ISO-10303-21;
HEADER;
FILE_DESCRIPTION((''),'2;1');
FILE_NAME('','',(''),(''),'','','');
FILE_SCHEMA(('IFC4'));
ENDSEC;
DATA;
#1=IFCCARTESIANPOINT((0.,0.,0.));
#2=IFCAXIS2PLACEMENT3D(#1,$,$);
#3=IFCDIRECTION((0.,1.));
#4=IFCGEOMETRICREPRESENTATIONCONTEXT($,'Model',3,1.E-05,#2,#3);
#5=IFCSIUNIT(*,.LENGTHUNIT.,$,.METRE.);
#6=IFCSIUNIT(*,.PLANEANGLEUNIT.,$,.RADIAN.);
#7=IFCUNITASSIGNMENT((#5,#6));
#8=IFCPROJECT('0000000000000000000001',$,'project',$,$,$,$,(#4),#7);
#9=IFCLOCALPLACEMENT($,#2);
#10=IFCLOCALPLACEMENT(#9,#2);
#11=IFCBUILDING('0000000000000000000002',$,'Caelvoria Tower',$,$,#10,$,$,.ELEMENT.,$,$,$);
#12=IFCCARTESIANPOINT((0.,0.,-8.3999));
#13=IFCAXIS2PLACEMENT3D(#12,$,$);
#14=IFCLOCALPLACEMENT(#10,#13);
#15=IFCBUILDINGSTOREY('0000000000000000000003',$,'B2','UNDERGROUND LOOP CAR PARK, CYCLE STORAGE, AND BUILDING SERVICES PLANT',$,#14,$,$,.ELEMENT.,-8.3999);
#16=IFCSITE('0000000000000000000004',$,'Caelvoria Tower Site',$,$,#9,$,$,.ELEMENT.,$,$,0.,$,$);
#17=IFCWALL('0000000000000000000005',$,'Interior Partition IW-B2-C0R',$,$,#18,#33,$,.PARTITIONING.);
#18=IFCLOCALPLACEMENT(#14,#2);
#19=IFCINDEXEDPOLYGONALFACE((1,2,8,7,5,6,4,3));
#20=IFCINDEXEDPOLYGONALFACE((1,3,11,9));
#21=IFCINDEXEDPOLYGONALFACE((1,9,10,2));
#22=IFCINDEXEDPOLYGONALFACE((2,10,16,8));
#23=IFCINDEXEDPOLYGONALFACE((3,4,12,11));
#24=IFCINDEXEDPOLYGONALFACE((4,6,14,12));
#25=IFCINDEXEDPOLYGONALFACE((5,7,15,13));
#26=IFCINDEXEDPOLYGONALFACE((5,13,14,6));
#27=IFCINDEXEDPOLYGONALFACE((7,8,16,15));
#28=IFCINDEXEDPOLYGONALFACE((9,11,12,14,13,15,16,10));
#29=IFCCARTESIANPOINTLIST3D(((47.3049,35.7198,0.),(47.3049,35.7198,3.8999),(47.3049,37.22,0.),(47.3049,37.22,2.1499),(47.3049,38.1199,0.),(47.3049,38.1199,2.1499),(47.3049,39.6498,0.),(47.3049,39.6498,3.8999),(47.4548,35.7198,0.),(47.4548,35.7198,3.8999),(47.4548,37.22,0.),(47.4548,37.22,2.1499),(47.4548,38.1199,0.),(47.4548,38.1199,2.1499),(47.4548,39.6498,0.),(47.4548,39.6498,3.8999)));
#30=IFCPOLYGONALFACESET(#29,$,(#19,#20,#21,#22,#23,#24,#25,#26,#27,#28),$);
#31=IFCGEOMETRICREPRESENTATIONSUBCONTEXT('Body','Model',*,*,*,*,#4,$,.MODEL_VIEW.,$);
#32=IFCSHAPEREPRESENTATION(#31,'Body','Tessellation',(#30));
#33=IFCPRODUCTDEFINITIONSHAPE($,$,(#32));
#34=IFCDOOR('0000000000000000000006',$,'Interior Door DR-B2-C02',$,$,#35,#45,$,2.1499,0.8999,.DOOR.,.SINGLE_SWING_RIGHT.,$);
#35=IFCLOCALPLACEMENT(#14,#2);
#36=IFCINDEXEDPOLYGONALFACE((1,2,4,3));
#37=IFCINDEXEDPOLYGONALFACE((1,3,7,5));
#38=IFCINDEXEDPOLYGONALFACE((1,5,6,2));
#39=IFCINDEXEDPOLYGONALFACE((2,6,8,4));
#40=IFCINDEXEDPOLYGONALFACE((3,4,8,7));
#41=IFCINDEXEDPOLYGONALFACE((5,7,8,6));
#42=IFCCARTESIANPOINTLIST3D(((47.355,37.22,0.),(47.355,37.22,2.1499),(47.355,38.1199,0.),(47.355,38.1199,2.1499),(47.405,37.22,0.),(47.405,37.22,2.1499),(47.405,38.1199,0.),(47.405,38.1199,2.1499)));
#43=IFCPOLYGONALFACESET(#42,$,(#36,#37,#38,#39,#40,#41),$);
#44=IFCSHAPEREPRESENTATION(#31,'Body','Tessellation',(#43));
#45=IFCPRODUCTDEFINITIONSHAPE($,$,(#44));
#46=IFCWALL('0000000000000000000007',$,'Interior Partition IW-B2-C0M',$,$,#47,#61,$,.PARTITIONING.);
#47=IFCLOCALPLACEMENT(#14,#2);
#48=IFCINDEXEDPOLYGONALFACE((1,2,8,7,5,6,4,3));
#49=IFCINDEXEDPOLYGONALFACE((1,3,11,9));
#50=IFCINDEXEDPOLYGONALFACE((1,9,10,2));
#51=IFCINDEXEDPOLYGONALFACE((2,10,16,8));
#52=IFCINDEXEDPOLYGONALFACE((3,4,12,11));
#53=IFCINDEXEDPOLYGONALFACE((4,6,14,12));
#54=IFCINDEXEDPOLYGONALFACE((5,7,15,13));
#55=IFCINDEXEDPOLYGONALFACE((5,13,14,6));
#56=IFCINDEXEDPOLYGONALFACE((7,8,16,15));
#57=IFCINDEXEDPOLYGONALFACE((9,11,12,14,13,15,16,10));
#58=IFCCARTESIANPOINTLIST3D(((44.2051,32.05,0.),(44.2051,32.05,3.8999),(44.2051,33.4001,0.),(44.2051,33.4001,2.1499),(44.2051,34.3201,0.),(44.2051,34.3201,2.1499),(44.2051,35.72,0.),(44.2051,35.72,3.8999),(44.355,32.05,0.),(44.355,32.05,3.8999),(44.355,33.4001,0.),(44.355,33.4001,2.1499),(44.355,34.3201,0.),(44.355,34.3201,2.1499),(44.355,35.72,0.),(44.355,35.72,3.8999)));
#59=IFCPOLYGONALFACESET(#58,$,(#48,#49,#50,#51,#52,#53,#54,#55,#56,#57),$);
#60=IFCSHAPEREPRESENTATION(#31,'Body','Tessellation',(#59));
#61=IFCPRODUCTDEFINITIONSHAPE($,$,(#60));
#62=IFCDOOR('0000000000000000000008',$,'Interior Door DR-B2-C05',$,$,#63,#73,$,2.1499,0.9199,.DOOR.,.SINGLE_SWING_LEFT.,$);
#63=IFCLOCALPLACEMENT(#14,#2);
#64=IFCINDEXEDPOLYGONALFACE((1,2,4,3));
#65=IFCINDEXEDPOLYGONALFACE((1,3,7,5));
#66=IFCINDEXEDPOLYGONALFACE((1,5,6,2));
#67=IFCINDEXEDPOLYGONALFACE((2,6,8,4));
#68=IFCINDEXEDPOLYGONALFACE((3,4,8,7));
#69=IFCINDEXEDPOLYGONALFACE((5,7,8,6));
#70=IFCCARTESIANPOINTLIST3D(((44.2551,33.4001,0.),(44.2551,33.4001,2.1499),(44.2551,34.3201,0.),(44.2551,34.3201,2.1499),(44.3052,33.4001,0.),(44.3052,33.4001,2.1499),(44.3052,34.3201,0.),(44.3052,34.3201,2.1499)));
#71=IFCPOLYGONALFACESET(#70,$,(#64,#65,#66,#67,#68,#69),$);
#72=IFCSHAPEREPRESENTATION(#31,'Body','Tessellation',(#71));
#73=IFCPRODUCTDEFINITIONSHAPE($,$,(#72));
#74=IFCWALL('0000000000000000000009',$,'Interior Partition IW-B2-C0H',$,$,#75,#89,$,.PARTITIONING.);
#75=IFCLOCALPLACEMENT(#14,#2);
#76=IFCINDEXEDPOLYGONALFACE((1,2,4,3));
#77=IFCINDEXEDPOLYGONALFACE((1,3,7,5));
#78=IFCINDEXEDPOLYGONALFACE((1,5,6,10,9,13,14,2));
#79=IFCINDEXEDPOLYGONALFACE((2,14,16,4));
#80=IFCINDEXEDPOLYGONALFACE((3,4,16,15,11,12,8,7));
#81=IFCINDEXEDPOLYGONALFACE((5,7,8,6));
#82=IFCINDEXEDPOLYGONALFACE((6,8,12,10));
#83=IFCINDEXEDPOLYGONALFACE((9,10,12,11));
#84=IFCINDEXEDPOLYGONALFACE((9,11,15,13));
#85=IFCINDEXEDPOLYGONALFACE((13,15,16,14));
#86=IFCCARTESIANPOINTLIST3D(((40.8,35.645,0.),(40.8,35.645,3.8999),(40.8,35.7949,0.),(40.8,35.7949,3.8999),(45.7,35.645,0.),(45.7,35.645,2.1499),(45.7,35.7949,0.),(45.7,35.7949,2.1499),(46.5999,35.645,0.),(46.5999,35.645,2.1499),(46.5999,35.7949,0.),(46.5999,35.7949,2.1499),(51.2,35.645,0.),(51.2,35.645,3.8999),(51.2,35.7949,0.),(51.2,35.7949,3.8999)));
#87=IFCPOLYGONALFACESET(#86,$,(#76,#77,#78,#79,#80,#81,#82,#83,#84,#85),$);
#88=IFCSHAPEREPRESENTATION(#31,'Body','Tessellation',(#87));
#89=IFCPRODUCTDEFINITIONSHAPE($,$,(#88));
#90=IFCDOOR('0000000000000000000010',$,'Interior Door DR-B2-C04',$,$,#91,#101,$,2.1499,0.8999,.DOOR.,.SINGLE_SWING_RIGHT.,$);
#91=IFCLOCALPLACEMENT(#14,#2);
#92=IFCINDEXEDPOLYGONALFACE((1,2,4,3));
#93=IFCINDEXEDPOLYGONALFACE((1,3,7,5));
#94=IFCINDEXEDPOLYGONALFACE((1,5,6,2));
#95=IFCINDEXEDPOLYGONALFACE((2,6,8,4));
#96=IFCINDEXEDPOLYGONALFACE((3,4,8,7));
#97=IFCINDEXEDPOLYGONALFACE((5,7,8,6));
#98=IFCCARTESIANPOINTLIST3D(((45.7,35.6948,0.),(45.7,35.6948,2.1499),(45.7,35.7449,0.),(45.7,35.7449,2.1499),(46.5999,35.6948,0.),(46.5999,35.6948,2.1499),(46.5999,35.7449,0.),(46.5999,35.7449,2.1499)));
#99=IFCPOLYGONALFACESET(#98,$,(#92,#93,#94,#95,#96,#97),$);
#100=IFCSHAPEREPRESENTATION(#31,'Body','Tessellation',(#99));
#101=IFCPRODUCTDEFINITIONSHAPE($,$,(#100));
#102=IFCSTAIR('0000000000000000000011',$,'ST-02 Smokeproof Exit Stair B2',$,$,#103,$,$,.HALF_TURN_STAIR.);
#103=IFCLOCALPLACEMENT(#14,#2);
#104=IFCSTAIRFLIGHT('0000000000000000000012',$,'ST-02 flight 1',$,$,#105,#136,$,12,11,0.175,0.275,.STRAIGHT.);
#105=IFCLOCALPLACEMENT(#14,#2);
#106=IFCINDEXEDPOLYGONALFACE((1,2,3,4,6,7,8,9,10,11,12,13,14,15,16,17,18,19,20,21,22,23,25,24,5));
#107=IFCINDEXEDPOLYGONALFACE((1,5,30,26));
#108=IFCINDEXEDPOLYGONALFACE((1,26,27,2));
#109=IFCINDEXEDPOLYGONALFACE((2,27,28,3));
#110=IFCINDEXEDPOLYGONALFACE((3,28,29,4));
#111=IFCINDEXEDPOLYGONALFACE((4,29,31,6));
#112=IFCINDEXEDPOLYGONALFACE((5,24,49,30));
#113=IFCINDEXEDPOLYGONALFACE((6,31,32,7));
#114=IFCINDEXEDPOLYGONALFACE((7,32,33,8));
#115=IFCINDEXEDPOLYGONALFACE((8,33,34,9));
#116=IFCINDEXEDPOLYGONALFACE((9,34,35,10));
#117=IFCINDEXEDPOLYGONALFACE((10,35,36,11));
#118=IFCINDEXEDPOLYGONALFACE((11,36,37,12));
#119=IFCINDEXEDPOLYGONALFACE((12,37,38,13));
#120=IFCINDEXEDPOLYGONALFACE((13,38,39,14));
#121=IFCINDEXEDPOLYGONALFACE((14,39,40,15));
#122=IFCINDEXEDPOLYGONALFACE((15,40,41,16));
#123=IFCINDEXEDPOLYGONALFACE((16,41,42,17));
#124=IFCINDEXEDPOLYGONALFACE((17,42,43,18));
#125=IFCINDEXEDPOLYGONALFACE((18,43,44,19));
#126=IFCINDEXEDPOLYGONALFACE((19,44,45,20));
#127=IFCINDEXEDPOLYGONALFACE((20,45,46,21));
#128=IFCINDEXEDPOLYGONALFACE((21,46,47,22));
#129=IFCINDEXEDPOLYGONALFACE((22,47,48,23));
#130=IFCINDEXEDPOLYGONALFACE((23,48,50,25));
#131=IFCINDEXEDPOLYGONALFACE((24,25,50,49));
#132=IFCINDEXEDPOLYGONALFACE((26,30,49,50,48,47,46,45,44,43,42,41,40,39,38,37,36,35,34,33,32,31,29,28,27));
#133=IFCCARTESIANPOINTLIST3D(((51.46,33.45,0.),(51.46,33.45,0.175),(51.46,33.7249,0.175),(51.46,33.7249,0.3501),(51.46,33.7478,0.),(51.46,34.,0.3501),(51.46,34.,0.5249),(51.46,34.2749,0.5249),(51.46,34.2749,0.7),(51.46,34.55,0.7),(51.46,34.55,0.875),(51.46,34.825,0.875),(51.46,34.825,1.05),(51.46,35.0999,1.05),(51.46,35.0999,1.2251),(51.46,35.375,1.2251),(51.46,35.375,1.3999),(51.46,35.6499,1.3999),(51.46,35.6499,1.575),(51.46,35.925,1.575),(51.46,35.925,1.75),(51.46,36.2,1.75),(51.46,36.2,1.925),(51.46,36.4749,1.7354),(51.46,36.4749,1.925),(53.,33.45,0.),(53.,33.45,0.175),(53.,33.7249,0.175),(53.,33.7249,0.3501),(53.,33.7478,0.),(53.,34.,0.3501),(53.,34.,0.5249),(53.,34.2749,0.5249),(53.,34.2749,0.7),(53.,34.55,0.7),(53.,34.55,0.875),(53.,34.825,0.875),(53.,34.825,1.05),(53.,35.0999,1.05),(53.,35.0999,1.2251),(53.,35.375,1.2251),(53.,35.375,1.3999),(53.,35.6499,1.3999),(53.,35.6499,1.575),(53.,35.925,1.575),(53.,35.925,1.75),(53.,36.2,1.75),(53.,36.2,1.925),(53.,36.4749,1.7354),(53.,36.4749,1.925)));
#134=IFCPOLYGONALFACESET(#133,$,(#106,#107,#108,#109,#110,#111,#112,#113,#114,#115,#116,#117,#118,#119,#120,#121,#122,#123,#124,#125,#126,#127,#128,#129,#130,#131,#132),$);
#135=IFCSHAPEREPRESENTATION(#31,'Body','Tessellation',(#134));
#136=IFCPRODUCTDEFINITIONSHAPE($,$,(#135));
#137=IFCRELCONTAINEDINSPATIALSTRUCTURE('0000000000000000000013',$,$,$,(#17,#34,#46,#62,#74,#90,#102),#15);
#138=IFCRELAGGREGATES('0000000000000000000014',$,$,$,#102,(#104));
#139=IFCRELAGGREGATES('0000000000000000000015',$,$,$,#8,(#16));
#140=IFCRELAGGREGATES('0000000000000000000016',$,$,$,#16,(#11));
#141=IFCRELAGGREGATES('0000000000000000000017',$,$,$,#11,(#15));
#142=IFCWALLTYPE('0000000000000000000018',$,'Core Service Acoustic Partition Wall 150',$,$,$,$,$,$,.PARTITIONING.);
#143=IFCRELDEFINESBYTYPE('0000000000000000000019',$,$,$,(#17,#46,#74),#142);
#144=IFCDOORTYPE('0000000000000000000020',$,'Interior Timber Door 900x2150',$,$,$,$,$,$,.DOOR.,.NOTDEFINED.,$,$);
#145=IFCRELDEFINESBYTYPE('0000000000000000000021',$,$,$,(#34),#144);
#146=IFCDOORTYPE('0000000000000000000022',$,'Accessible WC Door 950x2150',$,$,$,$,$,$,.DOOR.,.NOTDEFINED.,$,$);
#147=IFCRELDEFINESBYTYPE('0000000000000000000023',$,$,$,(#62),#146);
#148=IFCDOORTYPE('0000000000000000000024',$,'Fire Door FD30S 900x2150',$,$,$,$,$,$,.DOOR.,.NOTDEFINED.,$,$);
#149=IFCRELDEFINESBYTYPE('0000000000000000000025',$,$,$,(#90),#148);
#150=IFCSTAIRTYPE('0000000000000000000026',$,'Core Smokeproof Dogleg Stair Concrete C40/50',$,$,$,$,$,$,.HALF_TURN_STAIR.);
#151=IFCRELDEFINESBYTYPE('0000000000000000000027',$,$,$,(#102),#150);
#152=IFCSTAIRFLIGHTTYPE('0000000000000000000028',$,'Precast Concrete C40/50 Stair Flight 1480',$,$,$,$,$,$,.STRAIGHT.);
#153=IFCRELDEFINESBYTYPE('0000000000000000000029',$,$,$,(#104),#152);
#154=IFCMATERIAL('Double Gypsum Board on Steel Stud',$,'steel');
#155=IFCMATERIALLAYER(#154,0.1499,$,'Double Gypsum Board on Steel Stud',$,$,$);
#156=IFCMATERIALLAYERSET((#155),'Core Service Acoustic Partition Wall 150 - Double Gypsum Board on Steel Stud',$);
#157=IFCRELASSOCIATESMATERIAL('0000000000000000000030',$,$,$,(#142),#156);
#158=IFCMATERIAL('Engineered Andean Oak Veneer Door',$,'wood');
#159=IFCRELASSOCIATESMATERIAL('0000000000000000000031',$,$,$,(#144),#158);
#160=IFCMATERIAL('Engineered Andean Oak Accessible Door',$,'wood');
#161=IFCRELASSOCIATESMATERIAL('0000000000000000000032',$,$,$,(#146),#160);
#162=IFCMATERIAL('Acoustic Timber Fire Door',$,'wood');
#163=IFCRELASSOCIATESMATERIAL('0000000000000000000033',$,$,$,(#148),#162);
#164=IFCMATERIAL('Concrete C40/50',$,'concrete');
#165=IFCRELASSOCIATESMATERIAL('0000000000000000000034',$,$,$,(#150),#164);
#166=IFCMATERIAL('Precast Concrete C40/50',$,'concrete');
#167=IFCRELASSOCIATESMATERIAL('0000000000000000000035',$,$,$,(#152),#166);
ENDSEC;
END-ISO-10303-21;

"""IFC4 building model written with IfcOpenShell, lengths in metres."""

from ifc_helpers import new_model, si_unit, direction, frame, frame_2d, origin, place, context, subcontext, project, spatial, polyline, rectangle, outline, extrude, material, layer, layer_set, type_object, element, fill, aggregate, save


model = new_model("IFC4")

# Units and contexts
model_context = context("Model", 3, precision=1e-05, world=origin(), true_north=direction((0.0, 1.0)))
body_context = subcontext(model_context, "Body", "Model", "MODEL_VIEW")
ifc_project = project(units=[si_unit("LENGTHUNIT", "METRE"), si_unit("PLANEANGLEUNIT", "RADIAN")], contexts=[model_context])

# Site, building, storey
site_placement = place(None, origin())
site = spatial("IfcSite", under=ifc_project, at=site_placement, Name="Caelvoria Tower Site", CompositionType="ELEMENT", RefElevation=0.0)
building_placement = place(site_placement, origin())
building = spatial("IfcBuilding", under=site, at=building_placement, Name="Caelvoria Tower", CompositionType="ELEMENT")
storey_placement = place(building_placement, frame((0.0, 0.0, -8.3999)))
storey = spatial("IfcBuildingStorey", under=building, at=storey_placement, Name="B2", Description="UNDERGROUND LOOP CAR PARK, CYCLE STORAGE, AND BUILDING SERVICES PLANT", CompositionType="ELEMENT", Elevation=-8.3999)

# Shared definitions
ifc_material_1 = material(Name="Concrete C40/50", Category="concrete")

# Walls, openings, doors
ifc_material_2 = material(Name="Double Gypsum Board on Steel Stud", Category="steel")
ifc_layer_1 = layer(ifc_material_2, 0.1499, Name="Double Gypsum Board on Steel Stud")
ifc_layer_set_1 = layer_set([ifc_layer_1], Name="Core Service Acoustic Partition Wall 150 - Double Gypsum Board on Steel Stud")
wall_type_1 = type_object("IfcWallType", Name="Core Service Acoustic Partition Wall 150", PredefinedType="PARTITIONING", material=ifc_layer_set_1)
ifc_material_3 = material(Name="Engineered Andean Oak Veneer Door", Category="wood")
door_type_1 = type_object("IfcDoorType", Name="Interior Timber Door 900x2150", OperationType="NOTDEFINED", PredefinedType="DOOR", material=ifc_material_3)
wall_1_placement = place(storey_placement, frame((47.3799, 35.72, 0.0), z_axis=(0.0, 0.0, 1.0), x_axis=(0.0, 1.0, 0.0)))
wall_1 = element("IfcWall", 1, at=wall_1_placement, inside=storey, type_object=wall_type_1, Name="Interior Partition IW-B2-C0R", PredefinedType="PARTITIONING", context=body_context, shape_type="SweptSolid", body=[
    extrude(rectangle(XDim=3.9299, YDim=0.1499, at=frame_2d((1.9648, 0.0))), origin(), (0.0, 0.0, 1.0), 3.8999),
])
opening_1_placement = place(wall_1_placement, frame((1.5, 0.0, 0.0)))
opening_1 = element("IfcOpeningElement", 2, at=opening_1_placement, cuts=wall_1, PredefinedType="OPENING", context=body_context, shape_type="SweptSolid", body=[
    extrude(rectangle(XDim=0.8999, YDim=2.1499, at=frame_2d((0.45, 1.075))), frame((0.0, 0.085, 0.0), z_axis=(0.0, -1.0, 0.0), x_axis=(1.0, 0.0, 0.0)), (0.0, 0.0, 1.0), 0.1699),
])
door_1_placement = place(opening_1_placement, origin())
door_1 = element("IfcDoor", 3, at=door_1_placement, inside=storey, type_object=door_type_1, Name="Interior Door DR-B2-C02", OperationType="SINGLE_SWING_RIGHT", OverallHeight=2.1499, OverallWidth=0.8999, PredefinedType="DOOR", context=body_context, shape_type="SweptSolid", body=[
    extrude(rectangle(XDim=0.8999, YDim=2.1499, at=frame_2d((0.45, 1.075))), frame((0.0, 0.0249, 0.0), z_axis=(0.0, -1.0, 0.0), x_axis=(1.0, 0.0, 0.0)), (0.0, 0.0, 1.0), 0.05),
])
fill(opening_1, door_1)
wall_2_placement = place(storey_placement, frame((44.28, 32.05, 0.0), z_axis=(0.0, 0.0, 1.0), x_axis=(0.0, 1.0, 0.0)))
wall_2 = element("IfcWall", 4, at=wall_2_placement, inside=storey, type_object=wall_type_1, Name="Interior Partition IW-B2-C0M", PredefinedType="PARTITIONING", context=body_context, shape_type="SweptSolid", body=[
    extrude(rectangle(XDim=3.6699, YDim=0.1499, at=frame_2d((1.835, 0.0))), origin(), (0.0, 0.0, 1.0), 3.8999),
])
opening_2_placement = place(wall_2_placement, frame((1.3501, 0.0, 0.0)))
opening_2 = element("IfcOpeningElement", 5, at=opening_2_placement, cuts=wall_2, PredefinedType="OPENING", context=body_context, shape_type="SweptSolid", body=[
    extrude(rectangle(XDim=0.9199, YDim=2.1499, at=frame_2d((0.46, 1.075))), frame((0.0, 0.085, 0.0), z_axis=(0.0, -1.0, 0.0), x_axis=(1.0, 0.0, 0.0)), (0.0, 0.0, 1.0), 0.1699),
])
ifc_material_4 = material(Name="Engineered Andean Oak Accessible Door", Category="wood")
door_type_2 = type_object("IfcDoorType", Name="Accessible WC Door 950x2150", OperationType="NOTDEFINED", PredefinedType="DOOR", material=ifc_material_4)
door_2_placement = place(opening_2_placement, origin())
door_2 = element("IfcDoor", 6, at=door_2_placement, inside=storey, type_object=door_type_2, Name="Interior Door DR-B2-C05", OperationType="SINGLE_SWING_LEFT", OverallHeight=2.1499, OverallWidth=0.9199, PredefinedType="DOOR", context=body_context, shape_type="SweptSolid", body=[
    extrude(rectangle(XDim=0.9199, YDim=2.1499, at=frame_2d((0.46, 1.075))), frame((0.0, 0.0249, 0.0), z_axis=(0.0, -1.0, 0.0), x_axis=(1.0, 0.0, 0.0)), (0.0, 0.0, 1.0), 0.05),
])
fill(opening_2, door_2)
wall_3_placement = place(storey_placement, frame((40.8, 35.72, 0.0), z_axis=(0.0, 0.0, 1.0), x_axis=(1.0, 0.0, 0.0)))
wall_3 = element("IfcWall", 7, at=wall_3_placement, inside=storey, type_object=wall_type_1, Name="Interior Partition IW-B2-C0H", PredefinedType="PARTITIONING", context=body_context, shape_type="SweptSolid", body=[
    extrude(rectangle(XDim=10.3999, YDim=0.1499, at=frame_2d((5.2, 0.0))), origin(), (0.0, 0.0, 1.0), 3.8999),
])
opening_3_placement = place(wall_3_placement, frame((4.8999, 0.0, 0.0)))
opening_3 = element("IfcOpeningElement", 8, at=opening_3_placement, cuts=wall_3, PredefinedType="OPENING", context=body_context, shape_type="SweptSolid", body=[
    extrude(rectangle(XDim=0.8999, YDim=2.1499, at=frame_2d((0.45, 1.075))), frame((0.0, 0.085, 0.0), z_axis=(0.0, -1.0, 0.0), x_axis=(1.0, 0.0, 0.0)), (0.0, 0.0, 1.0), 0.1699),
])
ifc_material_5 = material(Name="Acoustic Timber Fire Door", Category="wood")
door_type_3 = type_object("IfcDoorType", Name="Fire Door FD30S 900x2150", OperationType="NOTDEFINED", PredefinedType="DOOR", material=ifc_material_5)
door_3_placement = place(opening_3_placement, origin())
door_3 = element("IfcDoor", 9, at=door_3_placement, inside=storey, type_object=door_type_3, Name="Interior Door DR-B2-C04", OperationType="SINGLE_SWING_RIGHT", OverallHeight=2.1499, OverallWidth=0.8999, PredefinedType="DOOR", context=body_context, shape_type="SweptSolid", body=[
    extrude(rectangle(XDim=0.8999, YDim=2.1499, at=frame_2d((0.45, 1.075))), frame((0.0, 0.0249, 0.0), z_axis=(0.0, -1.0, 0.0), x_axis=(1.0, 0.0, 0.0)), (0.0, 0.0, 1.0), 0.05),
])
fill(opening_3, door_3)

# Stair, stair flight
stair_type = type_object("IfcStairType", Name="Core Smokeproof Dogleg Stair Concrete C40/50", PredefinedType="HALF_TURN_STAIR", material=ifc_material_1)
stair_placement = place(storey_placement, origin())
stair = element("IfcStair", 10, at=stair_placement, inside=storey, type_object=stair_type, Name="ST-02 Smokeproof Exit Stair B2", PredefinedType="HALF_TURN_STAIR")
ifc_material_6 = material(Name="Precast Concrete C40/50", Category="concrete")
stair_flight_type = type_object("IfcStairFlightType", Name="Precast Concrete C40/50 Stair Flight 1480", PredefinedType="STRAIGHT", material=ifc_material_6)
stair_flight_placement = place(storey_placement, frame((52.23, 33.45, 0.0), z_axis=(0.0, 0.0, 1.0), x_axis=(0.0, 1.0, 0.0)))
stair_flight = element("IfcStairFlight", 11, at=stair_flight_placement, type_object=stair_flight_type, Name="ST-02 flight 1", NumberOfRisers=12, NumberOfTreads=11, PredefinedType="STRAIGHT", RiserHeight=0.175, TreadLength=0.275, context=body_context, shape_type="SweptSolid", body=[
    extrude(outline(polyline([(0.0, 0.0), (0.0, 0.175), (0.2749, 0.175), (0.2749, 0.3501), (0.55, 0.3501), (0.55, 0.5249), (0.825, 0.5249), (0.825, 0.7), (1.1001, 0.7), (1.1001, 0.875), (1.375, 0.875), (1.375, 1.05), (1.6499, 1.05), (1.6499, 1.2251), (1.925, 1.2251), (1.925, 1.3999), (2.2, 1.3999), (2.2, 1.575), (2.4751, 1.575), (2.4751, 1.75), (2.75, 1.75), (2.75, 1.925), (3.0249, 1.925), (3.0249, 2.1001), (3.0249, 1.7354), (0.2979, 0.0), (0.0, 0.0)])), frame((0.0, 0.77, 0.0), z_axis=(0.0, -1.0, 0.0), x_axis=(1.0, 0.0, 0.0)), (0.0, 0.0, 1.0), 1.54),
])
aggregate(stair, [stair_flight])

save(model, "model.ifc")
